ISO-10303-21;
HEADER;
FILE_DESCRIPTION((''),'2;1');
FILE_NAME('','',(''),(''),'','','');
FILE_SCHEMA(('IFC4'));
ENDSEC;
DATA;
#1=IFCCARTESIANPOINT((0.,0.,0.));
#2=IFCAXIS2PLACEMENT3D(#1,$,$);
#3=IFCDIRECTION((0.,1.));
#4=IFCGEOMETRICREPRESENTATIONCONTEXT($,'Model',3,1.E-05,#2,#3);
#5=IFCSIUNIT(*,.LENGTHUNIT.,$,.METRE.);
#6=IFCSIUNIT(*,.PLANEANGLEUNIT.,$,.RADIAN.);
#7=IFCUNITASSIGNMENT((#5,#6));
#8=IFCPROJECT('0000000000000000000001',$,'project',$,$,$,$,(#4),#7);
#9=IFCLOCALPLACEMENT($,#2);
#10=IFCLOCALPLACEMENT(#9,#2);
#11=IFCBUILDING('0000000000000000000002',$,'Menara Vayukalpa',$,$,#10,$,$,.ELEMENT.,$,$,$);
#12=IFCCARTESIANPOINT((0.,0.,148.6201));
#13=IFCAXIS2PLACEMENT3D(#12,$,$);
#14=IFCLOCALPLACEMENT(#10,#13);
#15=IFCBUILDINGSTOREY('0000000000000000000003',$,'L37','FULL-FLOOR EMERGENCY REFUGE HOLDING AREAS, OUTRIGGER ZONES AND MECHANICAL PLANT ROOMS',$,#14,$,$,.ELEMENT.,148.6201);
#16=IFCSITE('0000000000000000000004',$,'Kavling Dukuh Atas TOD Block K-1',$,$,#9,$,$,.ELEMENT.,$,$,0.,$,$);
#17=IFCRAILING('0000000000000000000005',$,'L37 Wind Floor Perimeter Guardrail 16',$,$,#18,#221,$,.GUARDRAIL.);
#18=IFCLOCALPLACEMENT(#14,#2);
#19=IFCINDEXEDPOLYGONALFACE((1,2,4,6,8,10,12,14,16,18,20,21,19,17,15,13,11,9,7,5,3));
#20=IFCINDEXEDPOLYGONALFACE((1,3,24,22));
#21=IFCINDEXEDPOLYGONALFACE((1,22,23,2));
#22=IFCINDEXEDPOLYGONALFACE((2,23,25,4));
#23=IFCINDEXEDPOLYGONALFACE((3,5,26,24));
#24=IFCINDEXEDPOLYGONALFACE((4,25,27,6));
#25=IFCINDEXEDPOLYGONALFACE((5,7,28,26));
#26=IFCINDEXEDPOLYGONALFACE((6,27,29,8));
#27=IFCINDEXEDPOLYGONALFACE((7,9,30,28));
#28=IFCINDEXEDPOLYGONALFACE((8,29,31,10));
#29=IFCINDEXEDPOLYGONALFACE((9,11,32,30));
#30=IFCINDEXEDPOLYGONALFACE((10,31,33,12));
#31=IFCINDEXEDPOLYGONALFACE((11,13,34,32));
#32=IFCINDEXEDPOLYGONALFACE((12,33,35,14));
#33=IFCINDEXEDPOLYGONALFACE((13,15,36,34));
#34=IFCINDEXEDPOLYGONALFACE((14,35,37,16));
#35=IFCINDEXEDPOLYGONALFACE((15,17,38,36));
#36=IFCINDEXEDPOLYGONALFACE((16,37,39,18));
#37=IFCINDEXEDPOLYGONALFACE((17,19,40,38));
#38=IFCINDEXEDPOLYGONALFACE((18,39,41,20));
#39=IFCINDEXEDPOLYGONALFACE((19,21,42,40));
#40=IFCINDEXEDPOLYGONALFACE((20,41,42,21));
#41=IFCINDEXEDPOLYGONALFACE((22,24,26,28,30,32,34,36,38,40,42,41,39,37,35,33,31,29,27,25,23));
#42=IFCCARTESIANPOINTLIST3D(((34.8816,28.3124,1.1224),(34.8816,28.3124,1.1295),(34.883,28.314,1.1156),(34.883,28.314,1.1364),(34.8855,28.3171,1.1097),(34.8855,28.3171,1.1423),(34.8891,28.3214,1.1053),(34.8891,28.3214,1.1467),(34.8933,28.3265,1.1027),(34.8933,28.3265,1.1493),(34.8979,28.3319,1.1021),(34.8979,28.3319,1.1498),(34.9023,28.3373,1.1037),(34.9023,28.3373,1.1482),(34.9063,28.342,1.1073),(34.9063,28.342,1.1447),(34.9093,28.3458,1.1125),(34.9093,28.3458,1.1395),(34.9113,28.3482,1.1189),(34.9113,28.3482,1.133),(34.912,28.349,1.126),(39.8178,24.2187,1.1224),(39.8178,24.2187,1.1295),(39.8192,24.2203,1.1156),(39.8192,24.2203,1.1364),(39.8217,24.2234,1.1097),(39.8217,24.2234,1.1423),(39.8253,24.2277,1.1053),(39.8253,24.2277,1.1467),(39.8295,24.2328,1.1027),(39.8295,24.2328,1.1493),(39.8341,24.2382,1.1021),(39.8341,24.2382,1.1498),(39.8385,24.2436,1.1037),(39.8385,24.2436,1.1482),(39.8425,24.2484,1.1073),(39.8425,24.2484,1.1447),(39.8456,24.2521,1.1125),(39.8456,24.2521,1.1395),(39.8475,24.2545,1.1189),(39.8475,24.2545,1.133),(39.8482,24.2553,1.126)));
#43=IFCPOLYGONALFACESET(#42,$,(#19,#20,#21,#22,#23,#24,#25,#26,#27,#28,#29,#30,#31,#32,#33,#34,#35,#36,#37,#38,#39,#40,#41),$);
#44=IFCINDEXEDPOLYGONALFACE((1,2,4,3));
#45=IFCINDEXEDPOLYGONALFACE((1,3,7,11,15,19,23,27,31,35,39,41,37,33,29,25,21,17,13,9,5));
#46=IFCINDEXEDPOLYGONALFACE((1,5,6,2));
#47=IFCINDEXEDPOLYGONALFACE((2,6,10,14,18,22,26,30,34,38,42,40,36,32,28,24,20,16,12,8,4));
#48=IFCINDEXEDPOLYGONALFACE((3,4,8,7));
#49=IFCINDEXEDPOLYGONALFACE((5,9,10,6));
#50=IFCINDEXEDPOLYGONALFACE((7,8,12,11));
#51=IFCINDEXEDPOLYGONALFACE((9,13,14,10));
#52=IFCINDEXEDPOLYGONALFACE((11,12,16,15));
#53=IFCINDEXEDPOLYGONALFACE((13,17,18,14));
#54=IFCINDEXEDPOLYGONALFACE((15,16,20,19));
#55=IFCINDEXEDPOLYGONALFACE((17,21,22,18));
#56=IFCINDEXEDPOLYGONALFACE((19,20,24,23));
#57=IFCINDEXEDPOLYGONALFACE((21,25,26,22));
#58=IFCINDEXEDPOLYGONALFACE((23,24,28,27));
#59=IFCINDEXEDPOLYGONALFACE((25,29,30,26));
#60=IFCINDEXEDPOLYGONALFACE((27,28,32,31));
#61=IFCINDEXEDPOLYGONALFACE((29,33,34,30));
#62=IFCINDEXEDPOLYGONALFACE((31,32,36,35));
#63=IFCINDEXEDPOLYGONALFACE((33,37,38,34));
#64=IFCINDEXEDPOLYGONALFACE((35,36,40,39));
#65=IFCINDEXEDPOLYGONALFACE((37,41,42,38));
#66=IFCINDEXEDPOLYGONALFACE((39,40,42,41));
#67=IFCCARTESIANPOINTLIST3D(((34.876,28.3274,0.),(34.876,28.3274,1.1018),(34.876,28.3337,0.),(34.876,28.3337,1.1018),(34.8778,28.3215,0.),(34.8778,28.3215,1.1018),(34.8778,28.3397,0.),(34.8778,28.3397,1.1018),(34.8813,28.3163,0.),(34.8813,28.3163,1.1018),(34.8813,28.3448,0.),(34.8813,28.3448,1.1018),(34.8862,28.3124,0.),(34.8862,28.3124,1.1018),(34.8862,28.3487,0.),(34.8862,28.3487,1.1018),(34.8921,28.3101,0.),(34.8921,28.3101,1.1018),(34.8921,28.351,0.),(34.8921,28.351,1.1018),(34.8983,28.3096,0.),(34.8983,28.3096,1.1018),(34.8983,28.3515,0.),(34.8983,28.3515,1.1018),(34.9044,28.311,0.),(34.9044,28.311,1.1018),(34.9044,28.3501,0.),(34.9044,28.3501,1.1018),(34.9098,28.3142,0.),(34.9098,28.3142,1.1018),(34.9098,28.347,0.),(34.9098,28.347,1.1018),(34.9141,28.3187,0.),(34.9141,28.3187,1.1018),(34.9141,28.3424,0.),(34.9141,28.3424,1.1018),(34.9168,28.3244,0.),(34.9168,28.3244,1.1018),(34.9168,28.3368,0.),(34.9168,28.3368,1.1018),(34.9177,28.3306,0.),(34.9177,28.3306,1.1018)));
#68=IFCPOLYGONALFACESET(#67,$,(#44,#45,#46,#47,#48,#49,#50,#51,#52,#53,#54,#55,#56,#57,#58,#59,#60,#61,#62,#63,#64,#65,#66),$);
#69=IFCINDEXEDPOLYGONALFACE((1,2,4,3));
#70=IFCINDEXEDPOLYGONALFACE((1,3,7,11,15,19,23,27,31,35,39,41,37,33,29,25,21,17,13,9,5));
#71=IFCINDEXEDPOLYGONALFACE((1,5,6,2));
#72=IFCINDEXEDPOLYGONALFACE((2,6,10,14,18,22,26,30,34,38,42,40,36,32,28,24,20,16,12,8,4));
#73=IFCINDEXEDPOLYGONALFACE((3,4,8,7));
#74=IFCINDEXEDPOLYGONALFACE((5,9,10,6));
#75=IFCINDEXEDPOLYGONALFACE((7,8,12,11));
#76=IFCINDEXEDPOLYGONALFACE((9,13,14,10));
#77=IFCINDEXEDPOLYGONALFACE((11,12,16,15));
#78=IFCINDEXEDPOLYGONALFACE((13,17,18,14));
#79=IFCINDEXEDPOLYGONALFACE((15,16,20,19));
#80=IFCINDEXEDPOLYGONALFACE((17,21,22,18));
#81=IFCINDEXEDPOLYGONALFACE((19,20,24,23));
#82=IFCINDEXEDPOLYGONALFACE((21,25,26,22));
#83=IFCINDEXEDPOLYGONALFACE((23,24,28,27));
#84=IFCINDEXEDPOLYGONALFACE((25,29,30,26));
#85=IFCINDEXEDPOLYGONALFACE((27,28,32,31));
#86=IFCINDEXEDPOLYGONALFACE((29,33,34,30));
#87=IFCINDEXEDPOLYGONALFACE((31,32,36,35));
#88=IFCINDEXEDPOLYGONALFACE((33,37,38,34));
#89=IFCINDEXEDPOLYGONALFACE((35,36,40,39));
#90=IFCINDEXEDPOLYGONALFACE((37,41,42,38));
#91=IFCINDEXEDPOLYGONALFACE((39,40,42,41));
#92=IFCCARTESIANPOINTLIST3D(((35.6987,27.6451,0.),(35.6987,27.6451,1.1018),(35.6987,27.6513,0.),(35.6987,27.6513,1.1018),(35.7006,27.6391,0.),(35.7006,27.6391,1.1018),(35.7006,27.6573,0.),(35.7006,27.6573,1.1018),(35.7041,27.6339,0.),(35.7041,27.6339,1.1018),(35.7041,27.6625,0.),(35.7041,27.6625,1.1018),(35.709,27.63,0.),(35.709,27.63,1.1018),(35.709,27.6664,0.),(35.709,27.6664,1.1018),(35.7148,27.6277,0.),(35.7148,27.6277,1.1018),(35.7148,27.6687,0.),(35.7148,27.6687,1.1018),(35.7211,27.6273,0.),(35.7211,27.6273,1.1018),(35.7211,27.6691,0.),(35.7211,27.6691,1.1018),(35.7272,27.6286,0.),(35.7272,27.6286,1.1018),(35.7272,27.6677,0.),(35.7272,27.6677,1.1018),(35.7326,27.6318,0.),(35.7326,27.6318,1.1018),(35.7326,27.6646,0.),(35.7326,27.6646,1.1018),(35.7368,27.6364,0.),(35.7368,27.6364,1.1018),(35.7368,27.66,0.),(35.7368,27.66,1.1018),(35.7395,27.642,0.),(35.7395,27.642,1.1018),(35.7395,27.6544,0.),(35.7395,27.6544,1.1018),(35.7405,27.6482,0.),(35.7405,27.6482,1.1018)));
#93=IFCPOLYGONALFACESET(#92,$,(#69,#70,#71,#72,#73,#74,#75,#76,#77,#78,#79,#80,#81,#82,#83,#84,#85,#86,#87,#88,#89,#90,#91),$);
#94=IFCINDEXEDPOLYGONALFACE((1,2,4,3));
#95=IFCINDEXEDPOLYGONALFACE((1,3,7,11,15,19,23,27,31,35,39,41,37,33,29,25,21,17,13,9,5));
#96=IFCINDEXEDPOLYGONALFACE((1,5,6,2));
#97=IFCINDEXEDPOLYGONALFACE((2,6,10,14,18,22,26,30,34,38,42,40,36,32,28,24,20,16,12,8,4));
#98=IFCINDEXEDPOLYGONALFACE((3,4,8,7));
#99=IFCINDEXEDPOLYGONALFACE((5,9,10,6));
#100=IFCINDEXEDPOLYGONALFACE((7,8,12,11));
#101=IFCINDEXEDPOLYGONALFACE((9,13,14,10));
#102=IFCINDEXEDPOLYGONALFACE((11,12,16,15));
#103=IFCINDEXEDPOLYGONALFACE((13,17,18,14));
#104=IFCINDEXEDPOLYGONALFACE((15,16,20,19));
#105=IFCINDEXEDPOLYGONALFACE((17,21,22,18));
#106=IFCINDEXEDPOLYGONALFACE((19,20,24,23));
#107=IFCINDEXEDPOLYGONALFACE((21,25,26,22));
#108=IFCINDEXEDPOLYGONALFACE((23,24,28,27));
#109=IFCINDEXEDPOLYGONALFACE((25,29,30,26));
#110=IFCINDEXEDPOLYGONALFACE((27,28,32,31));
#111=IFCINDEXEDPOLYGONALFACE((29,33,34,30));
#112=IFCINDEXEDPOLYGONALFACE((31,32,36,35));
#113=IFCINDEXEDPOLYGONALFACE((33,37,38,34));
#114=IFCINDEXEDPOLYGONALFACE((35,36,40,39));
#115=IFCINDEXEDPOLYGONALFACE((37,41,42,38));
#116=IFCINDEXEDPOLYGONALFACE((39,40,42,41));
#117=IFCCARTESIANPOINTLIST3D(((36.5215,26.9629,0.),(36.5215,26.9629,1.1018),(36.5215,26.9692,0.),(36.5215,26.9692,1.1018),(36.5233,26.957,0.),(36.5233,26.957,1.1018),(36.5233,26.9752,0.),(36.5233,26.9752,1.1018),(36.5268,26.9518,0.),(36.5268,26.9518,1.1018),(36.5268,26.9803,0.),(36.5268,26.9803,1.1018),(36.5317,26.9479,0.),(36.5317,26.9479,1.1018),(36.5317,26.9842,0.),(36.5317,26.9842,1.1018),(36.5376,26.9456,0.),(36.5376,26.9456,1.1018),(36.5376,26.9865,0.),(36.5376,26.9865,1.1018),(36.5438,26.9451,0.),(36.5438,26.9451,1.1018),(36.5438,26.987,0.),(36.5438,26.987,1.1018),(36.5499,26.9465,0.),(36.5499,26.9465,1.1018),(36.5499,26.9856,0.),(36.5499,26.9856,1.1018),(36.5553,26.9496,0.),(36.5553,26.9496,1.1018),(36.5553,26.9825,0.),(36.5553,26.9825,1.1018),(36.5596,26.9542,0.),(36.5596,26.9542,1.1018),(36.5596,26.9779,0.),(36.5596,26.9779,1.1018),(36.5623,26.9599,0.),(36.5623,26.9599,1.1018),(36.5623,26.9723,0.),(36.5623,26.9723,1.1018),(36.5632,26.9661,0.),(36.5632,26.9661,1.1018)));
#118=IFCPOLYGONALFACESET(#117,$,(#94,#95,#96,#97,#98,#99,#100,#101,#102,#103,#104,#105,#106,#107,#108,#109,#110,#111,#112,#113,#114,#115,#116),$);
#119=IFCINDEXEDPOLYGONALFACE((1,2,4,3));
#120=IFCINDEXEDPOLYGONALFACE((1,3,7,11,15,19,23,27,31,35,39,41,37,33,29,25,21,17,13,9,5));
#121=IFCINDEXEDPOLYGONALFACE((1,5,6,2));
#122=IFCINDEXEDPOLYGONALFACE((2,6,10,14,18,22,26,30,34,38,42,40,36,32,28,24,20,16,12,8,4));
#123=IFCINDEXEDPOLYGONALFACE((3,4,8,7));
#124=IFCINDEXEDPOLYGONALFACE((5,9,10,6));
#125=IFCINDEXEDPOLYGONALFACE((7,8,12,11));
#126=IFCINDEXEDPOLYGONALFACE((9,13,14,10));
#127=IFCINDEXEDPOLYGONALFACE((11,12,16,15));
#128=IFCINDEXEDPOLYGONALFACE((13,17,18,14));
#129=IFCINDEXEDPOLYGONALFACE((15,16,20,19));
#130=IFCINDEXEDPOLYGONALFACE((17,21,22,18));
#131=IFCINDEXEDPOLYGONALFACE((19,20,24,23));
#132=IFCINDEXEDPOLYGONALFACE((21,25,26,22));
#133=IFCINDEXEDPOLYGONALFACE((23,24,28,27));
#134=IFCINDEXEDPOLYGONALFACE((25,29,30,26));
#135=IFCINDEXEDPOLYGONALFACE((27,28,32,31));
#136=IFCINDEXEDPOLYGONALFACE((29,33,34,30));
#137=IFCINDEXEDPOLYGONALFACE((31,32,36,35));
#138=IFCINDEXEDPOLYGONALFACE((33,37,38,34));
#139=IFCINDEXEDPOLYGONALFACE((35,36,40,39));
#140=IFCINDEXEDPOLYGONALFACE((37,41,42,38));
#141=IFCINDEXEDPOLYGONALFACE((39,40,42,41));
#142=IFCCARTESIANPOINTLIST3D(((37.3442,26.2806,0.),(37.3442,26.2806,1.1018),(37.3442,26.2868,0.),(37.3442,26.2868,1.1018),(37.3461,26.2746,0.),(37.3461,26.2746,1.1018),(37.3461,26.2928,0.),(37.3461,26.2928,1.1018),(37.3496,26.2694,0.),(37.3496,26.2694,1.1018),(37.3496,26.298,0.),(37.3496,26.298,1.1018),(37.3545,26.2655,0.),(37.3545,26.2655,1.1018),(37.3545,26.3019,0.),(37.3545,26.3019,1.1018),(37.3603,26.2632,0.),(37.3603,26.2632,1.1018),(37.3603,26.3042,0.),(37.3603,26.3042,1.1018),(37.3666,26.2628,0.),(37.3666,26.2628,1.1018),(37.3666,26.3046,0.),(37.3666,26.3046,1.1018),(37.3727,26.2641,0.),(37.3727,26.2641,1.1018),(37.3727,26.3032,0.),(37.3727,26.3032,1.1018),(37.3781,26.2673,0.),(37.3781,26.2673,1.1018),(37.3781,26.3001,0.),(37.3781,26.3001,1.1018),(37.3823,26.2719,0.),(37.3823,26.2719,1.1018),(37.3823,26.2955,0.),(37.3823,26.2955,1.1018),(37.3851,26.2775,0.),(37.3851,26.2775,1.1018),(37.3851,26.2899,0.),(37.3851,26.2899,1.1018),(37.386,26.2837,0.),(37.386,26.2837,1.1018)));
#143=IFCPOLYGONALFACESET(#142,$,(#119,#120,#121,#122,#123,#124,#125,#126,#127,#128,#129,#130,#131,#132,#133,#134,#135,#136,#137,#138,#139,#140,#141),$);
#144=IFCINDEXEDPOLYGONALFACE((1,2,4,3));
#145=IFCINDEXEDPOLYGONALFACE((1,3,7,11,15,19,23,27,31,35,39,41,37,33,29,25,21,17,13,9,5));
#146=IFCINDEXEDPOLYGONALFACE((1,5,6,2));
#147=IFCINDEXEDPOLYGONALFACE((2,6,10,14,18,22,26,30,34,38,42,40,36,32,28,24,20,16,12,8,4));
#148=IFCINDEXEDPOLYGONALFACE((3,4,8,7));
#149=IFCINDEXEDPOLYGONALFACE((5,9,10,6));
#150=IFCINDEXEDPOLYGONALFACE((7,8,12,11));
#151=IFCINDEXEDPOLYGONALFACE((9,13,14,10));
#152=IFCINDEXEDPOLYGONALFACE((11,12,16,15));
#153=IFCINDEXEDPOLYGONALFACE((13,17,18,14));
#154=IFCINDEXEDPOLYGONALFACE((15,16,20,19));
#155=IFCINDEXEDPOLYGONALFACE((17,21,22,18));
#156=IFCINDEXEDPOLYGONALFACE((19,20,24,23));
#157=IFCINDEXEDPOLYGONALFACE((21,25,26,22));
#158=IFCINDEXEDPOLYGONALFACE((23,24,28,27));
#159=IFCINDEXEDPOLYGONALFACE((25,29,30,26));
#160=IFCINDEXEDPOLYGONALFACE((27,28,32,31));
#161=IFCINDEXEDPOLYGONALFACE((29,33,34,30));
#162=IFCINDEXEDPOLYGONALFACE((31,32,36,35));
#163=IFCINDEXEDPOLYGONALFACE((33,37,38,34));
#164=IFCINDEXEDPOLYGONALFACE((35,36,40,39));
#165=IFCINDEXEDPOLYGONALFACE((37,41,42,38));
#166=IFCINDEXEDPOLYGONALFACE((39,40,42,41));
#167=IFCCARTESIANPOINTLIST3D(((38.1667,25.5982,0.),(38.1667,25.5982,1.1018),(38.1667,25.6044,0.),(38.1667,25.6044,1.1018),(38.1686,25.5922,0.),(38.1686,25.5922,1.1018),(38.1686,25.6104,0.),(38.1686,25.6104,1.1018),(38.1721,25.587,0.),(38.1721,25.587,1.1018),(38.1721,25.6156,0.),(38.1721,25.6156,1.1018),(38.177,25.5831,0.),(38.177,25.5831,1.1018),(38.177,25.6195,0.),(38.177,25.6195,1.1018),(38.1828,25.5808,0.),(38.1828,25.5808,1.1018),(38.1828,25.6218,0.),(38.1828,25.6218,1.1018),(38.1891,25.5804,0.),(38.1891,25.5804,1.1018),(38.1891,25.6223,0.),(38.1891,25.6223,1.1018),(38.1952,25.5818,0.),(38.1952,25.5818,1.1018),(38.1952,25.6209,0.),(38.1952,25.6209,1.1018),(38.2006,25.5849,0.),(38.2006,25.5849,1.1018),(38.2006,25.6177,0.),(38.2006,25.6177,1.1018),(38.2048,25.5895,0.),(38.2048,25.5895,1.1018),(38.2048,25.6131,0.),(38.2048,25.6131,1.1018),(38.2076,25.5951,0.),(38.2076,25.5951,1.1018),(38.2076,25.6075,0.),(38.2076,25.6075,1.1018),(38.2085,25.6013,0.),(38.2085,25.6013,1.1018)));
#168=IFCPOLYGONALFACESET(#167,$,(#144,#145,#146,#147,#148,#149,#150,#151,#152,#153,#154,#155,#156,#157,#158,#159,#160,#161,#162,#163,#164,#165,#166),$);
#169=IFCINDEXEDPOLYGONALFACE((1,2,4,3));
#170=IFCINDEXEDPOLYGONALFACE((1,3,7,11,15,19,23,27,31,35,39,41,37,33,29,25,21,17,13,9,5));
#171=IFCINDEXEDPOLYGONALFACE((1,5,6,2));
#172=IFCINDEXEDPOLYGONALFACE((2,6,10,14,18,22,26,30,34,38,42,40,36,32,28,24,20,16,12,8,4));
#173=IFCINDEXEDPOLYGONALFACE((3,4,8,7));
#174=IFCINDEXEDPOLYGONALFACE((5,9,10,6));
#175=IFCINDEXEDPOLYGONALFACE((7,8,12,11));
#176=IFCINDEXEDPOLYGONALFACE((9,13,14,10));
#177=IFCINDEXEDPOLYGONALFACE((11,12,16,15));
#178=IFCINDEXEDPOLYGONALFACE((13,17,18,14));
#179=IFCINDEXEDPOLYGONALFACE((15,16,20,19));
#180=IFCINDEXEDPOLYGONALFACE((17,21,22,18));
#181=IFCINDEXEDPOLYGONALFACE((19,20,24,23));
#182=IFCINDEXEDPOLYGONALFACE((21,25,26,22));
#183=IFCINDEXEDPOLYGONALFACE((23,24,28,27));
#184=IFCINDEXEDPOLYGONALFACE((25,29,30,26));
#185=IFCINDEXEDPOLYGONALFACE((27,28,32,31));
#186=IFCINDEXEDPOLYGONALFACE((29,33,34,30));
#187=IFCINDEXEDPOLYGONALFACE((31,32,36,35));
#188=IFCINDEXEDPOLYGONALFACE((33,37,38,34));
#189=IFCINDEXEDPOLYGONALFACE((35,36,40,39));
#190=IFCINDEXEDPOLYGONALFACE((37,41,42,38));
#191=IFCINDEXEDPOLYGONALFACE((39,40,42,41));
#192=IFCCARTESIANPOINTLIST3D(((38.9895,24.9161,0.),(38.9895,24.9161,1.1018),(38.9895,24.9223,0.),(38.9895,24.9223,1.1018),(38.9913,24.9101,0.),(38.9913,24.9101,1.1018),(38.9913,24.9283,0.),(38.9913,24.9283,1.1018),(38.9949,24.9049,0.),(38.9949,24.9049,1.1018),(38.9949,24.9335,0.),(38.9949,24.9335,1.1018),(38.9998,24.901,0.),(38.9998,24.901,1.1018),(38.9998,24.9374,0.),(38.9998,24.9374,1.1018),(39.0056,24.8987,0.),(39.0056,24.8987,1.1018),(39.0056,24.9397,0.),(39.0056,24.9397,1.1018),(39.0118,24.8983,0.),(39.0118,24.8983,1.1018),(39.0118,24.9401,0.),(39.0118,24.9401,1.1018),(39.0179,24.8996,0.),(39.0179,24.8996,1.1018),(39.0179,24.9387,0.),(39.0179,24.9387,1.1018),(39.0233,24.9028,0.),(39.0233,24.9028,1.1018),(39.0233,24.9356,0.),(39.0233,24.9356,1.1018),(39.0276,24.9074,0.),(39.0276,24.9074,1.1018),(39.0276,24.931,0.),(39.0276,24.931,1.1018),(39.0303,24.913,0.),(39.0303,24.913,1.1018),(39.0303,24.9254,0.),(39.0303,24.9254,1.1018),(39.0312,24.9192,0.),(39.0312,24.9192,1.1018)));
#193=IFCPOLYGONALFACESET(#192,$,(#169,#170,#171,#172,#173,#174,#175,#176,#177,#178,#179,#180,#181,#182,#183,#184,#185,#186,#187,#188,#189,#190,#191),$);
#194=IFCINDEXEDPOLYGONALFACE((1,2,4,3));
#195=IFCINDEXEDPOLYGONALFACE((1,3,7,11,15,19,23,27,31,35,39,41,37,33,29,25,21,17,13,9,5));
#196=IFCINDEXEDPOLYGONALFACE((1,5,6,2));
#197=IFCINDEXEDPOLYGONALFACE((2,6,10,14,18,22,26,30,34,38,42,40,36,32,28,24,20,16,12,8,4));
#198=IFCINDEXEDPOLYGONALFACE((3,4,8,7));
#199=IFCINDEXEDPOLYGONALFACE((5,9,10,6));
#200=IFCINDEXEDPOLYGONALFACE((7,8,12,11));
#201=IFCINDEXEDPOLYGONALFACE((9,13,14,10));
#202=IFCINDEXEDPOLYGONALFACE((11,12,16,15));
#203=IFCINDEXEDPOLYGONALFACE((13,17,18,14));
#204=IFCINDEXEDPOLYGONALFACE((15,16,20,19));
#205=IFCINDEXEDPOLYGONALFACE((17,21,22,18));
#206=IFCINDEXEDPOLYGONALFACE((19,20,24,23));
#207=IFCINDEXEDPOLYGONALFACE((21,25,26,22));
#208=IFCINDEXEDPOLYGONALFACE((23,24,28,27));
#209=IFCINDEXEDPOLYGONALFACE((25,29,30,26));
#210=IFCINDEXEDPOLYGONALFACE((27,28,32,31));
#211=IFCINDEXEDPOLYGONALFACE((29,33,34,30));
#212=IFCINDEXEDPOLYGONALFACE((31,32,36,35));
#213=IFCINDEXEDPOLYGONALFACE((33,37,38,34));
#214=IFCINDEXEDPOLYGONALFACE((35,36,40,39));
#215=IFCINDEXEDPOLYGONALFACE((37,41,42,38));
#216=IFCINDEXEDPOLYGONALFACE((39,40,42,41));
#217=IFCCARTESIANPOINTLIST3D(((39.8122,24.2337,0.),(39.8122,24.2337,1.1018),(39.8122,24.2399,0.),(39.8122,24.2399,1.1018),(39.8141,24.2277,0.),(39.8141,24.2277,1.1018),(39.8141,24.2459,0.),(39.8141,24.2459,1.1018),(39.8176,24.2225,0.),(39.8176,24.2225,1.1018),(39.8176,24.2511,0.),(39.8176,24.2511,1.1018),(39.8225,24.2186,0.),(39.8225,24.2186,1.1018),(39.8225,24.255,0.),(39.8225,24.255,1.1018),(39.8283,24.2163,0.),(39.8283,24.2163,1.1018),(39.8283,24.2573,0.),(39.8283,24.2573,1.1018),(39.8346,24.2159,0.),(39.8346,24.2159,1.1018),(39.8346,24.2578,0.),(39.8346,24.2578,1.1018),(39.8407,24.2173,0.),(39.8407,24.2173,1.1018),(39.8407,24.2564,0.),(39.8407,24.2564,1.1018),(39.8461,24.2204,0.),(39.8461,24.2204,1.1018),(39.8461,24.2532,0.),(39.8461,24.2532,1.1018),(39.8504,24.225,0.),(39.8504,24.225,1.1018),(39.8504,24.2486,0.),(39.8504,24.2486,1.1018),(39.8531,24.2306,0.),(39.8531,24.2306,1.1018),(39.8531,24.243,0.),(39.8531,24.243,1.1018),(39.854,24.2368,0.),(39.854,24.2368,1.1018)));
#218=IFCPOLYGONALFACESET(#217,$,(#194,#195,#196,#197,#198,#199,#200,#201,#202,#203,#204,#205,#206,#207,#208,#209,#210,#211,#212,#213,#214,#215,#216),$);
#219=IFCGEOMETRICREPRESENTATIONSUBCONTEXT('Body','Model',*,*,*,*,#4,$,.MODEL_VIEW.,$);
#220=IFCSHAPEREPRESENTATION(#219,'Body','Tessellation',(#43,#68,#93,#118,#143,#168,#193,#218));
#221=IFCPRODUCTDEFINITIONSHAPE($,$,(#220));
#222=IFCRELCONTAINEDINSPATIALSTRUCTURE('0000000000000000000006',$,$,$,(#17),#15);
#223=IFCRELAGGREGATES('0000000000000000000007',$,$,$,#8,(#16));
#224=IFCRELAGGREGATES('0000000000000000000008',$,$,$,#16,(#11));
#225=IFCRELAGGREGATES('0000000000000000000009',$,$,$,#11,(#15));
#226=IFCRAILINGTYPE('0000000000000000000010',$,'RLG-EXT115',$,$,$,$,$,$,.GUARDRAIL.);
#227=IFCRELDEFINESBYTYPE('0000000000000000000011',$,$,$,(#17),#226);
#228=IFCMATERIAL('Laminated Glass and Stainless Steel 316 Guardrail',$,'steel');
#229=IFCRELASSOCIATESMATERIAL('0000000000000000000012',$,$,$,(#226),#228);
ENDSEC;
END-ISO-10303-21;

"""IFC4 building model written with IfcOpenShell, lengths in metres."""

from ifc_helpers import new_model, si_unit, direction, frame, origin, origin_2d, place, context, subcontext, project, spatial, circle, extrude, material, type_object, element, save


model = new_model("IFC4")

# Units and contexts
model_context = context("Model", 3, precision=1e-05, world=origin(), true_north=direction((0.0, 1.0)))
body_context = subcontext(model_context, "Body", "Model", "MODEL_VIEW")
ifc_project = project(units=[si_unit("LENGTHUNIT", "METRE"), si_unit("PLANEANGLEUNIT", "RADIAN")], contexts=[model_context])

# Site, building, storey
site_placement = place(None, origin())
site = spatial("IfcSite", under=ifc_project, at=site_placement, Name="Kavling Dukuh Atas TOD Block K-1", CompositionType="ELEMENT", RefElevation=0.0)
building_placement = place(site_placement, origin())
building = spatial("IfcBuilding", under=site, at=building_placement, Name="Menara Vayukalpa", CompositionType="ELEMENT")
storey_placement = place(building_placement, frame((0.0, 0.0, 148.6201)))
storey = spatial("IfcBuildingStorey", under=building, at=storey_placement, Name="L37", Description="FULL-FLOOR EMERGENCY REFUGE HOLDING AREAS, OUTRIGGER ZONES AND MECHANICAL PLANT ROOMS", CompositionType="ELEMENT", Elevation=148.6201)

# Railing
ifc_material_1 = material(Name="Laminated Glass and Stainless Steel 316 Guardrail", Category="steel")
railing_type = type_object("IfcRailingType", Name="RLG-EXT115", PredefinedType="GUARDRAIL", material=ifc_material_1)
railing_1_placement = place(storey_placement, frame((34.8967, 28.3306, 0.0)))
element("IfcRailing", 1, at=railing_1_placement, inside=storey, type_object=railing_type, Name="L37 Wind Floor Perimeter Guardrail 16", PredefinedType="GUARDRAIL", context=body_context, shape_type="SweptSolid", body=[
    extrude(circle(Radius=0.0239, at=origin_2d()), frame((0.0, 0.0, 1.126), z_axis=(0.769739, -0.638359, 0.0), x_axis=(0.638359, 0.769739, 0.0)), (0.0, 0.0, 1.0), 6.4128),
    extrude(circle(Radius=0.021, at=origin_2d()), origin(), (0.0, 0.0, 1.0), 1.1018),
    extrude(circle(Radius=0.021, at=origin_2d()), frame((0.8228, -0.6824, 0.0)), (0.0, 0.0, 1.0), 1.1018),
    extrude(circle(Radius=0.021, at=origin_2d()), frame((1.6455, -1.3645, 0.0)), (0.0, 0.0, 1.0), 1.1018),
    extrude(circle(Radius=0.021, at=origin_2d()), frame((2.4683, -2.0469, 0.0)), (0.0, 0.0, 1.0), 1.1018),
    extrude(circle(Radius=0.021, at=origin_2d()), frame((3.2908, -2.7292, 0.0)), (0.0, 0.0, 1.0), 1.1018),
    extrude(circle(Radius=0.021, at=origin_2d()), frame((4.1135, -3.4114, 0.0)), (0.0, 0.0, 1.0), 1.1018),
    extrude(circle(Radius=0.021, at=origin_2d()), frame((4.9363, -4.0938, 0.0)), (0.0, 0.0, 1.0), 1.1018),
])

save(model, "model.ifc")
